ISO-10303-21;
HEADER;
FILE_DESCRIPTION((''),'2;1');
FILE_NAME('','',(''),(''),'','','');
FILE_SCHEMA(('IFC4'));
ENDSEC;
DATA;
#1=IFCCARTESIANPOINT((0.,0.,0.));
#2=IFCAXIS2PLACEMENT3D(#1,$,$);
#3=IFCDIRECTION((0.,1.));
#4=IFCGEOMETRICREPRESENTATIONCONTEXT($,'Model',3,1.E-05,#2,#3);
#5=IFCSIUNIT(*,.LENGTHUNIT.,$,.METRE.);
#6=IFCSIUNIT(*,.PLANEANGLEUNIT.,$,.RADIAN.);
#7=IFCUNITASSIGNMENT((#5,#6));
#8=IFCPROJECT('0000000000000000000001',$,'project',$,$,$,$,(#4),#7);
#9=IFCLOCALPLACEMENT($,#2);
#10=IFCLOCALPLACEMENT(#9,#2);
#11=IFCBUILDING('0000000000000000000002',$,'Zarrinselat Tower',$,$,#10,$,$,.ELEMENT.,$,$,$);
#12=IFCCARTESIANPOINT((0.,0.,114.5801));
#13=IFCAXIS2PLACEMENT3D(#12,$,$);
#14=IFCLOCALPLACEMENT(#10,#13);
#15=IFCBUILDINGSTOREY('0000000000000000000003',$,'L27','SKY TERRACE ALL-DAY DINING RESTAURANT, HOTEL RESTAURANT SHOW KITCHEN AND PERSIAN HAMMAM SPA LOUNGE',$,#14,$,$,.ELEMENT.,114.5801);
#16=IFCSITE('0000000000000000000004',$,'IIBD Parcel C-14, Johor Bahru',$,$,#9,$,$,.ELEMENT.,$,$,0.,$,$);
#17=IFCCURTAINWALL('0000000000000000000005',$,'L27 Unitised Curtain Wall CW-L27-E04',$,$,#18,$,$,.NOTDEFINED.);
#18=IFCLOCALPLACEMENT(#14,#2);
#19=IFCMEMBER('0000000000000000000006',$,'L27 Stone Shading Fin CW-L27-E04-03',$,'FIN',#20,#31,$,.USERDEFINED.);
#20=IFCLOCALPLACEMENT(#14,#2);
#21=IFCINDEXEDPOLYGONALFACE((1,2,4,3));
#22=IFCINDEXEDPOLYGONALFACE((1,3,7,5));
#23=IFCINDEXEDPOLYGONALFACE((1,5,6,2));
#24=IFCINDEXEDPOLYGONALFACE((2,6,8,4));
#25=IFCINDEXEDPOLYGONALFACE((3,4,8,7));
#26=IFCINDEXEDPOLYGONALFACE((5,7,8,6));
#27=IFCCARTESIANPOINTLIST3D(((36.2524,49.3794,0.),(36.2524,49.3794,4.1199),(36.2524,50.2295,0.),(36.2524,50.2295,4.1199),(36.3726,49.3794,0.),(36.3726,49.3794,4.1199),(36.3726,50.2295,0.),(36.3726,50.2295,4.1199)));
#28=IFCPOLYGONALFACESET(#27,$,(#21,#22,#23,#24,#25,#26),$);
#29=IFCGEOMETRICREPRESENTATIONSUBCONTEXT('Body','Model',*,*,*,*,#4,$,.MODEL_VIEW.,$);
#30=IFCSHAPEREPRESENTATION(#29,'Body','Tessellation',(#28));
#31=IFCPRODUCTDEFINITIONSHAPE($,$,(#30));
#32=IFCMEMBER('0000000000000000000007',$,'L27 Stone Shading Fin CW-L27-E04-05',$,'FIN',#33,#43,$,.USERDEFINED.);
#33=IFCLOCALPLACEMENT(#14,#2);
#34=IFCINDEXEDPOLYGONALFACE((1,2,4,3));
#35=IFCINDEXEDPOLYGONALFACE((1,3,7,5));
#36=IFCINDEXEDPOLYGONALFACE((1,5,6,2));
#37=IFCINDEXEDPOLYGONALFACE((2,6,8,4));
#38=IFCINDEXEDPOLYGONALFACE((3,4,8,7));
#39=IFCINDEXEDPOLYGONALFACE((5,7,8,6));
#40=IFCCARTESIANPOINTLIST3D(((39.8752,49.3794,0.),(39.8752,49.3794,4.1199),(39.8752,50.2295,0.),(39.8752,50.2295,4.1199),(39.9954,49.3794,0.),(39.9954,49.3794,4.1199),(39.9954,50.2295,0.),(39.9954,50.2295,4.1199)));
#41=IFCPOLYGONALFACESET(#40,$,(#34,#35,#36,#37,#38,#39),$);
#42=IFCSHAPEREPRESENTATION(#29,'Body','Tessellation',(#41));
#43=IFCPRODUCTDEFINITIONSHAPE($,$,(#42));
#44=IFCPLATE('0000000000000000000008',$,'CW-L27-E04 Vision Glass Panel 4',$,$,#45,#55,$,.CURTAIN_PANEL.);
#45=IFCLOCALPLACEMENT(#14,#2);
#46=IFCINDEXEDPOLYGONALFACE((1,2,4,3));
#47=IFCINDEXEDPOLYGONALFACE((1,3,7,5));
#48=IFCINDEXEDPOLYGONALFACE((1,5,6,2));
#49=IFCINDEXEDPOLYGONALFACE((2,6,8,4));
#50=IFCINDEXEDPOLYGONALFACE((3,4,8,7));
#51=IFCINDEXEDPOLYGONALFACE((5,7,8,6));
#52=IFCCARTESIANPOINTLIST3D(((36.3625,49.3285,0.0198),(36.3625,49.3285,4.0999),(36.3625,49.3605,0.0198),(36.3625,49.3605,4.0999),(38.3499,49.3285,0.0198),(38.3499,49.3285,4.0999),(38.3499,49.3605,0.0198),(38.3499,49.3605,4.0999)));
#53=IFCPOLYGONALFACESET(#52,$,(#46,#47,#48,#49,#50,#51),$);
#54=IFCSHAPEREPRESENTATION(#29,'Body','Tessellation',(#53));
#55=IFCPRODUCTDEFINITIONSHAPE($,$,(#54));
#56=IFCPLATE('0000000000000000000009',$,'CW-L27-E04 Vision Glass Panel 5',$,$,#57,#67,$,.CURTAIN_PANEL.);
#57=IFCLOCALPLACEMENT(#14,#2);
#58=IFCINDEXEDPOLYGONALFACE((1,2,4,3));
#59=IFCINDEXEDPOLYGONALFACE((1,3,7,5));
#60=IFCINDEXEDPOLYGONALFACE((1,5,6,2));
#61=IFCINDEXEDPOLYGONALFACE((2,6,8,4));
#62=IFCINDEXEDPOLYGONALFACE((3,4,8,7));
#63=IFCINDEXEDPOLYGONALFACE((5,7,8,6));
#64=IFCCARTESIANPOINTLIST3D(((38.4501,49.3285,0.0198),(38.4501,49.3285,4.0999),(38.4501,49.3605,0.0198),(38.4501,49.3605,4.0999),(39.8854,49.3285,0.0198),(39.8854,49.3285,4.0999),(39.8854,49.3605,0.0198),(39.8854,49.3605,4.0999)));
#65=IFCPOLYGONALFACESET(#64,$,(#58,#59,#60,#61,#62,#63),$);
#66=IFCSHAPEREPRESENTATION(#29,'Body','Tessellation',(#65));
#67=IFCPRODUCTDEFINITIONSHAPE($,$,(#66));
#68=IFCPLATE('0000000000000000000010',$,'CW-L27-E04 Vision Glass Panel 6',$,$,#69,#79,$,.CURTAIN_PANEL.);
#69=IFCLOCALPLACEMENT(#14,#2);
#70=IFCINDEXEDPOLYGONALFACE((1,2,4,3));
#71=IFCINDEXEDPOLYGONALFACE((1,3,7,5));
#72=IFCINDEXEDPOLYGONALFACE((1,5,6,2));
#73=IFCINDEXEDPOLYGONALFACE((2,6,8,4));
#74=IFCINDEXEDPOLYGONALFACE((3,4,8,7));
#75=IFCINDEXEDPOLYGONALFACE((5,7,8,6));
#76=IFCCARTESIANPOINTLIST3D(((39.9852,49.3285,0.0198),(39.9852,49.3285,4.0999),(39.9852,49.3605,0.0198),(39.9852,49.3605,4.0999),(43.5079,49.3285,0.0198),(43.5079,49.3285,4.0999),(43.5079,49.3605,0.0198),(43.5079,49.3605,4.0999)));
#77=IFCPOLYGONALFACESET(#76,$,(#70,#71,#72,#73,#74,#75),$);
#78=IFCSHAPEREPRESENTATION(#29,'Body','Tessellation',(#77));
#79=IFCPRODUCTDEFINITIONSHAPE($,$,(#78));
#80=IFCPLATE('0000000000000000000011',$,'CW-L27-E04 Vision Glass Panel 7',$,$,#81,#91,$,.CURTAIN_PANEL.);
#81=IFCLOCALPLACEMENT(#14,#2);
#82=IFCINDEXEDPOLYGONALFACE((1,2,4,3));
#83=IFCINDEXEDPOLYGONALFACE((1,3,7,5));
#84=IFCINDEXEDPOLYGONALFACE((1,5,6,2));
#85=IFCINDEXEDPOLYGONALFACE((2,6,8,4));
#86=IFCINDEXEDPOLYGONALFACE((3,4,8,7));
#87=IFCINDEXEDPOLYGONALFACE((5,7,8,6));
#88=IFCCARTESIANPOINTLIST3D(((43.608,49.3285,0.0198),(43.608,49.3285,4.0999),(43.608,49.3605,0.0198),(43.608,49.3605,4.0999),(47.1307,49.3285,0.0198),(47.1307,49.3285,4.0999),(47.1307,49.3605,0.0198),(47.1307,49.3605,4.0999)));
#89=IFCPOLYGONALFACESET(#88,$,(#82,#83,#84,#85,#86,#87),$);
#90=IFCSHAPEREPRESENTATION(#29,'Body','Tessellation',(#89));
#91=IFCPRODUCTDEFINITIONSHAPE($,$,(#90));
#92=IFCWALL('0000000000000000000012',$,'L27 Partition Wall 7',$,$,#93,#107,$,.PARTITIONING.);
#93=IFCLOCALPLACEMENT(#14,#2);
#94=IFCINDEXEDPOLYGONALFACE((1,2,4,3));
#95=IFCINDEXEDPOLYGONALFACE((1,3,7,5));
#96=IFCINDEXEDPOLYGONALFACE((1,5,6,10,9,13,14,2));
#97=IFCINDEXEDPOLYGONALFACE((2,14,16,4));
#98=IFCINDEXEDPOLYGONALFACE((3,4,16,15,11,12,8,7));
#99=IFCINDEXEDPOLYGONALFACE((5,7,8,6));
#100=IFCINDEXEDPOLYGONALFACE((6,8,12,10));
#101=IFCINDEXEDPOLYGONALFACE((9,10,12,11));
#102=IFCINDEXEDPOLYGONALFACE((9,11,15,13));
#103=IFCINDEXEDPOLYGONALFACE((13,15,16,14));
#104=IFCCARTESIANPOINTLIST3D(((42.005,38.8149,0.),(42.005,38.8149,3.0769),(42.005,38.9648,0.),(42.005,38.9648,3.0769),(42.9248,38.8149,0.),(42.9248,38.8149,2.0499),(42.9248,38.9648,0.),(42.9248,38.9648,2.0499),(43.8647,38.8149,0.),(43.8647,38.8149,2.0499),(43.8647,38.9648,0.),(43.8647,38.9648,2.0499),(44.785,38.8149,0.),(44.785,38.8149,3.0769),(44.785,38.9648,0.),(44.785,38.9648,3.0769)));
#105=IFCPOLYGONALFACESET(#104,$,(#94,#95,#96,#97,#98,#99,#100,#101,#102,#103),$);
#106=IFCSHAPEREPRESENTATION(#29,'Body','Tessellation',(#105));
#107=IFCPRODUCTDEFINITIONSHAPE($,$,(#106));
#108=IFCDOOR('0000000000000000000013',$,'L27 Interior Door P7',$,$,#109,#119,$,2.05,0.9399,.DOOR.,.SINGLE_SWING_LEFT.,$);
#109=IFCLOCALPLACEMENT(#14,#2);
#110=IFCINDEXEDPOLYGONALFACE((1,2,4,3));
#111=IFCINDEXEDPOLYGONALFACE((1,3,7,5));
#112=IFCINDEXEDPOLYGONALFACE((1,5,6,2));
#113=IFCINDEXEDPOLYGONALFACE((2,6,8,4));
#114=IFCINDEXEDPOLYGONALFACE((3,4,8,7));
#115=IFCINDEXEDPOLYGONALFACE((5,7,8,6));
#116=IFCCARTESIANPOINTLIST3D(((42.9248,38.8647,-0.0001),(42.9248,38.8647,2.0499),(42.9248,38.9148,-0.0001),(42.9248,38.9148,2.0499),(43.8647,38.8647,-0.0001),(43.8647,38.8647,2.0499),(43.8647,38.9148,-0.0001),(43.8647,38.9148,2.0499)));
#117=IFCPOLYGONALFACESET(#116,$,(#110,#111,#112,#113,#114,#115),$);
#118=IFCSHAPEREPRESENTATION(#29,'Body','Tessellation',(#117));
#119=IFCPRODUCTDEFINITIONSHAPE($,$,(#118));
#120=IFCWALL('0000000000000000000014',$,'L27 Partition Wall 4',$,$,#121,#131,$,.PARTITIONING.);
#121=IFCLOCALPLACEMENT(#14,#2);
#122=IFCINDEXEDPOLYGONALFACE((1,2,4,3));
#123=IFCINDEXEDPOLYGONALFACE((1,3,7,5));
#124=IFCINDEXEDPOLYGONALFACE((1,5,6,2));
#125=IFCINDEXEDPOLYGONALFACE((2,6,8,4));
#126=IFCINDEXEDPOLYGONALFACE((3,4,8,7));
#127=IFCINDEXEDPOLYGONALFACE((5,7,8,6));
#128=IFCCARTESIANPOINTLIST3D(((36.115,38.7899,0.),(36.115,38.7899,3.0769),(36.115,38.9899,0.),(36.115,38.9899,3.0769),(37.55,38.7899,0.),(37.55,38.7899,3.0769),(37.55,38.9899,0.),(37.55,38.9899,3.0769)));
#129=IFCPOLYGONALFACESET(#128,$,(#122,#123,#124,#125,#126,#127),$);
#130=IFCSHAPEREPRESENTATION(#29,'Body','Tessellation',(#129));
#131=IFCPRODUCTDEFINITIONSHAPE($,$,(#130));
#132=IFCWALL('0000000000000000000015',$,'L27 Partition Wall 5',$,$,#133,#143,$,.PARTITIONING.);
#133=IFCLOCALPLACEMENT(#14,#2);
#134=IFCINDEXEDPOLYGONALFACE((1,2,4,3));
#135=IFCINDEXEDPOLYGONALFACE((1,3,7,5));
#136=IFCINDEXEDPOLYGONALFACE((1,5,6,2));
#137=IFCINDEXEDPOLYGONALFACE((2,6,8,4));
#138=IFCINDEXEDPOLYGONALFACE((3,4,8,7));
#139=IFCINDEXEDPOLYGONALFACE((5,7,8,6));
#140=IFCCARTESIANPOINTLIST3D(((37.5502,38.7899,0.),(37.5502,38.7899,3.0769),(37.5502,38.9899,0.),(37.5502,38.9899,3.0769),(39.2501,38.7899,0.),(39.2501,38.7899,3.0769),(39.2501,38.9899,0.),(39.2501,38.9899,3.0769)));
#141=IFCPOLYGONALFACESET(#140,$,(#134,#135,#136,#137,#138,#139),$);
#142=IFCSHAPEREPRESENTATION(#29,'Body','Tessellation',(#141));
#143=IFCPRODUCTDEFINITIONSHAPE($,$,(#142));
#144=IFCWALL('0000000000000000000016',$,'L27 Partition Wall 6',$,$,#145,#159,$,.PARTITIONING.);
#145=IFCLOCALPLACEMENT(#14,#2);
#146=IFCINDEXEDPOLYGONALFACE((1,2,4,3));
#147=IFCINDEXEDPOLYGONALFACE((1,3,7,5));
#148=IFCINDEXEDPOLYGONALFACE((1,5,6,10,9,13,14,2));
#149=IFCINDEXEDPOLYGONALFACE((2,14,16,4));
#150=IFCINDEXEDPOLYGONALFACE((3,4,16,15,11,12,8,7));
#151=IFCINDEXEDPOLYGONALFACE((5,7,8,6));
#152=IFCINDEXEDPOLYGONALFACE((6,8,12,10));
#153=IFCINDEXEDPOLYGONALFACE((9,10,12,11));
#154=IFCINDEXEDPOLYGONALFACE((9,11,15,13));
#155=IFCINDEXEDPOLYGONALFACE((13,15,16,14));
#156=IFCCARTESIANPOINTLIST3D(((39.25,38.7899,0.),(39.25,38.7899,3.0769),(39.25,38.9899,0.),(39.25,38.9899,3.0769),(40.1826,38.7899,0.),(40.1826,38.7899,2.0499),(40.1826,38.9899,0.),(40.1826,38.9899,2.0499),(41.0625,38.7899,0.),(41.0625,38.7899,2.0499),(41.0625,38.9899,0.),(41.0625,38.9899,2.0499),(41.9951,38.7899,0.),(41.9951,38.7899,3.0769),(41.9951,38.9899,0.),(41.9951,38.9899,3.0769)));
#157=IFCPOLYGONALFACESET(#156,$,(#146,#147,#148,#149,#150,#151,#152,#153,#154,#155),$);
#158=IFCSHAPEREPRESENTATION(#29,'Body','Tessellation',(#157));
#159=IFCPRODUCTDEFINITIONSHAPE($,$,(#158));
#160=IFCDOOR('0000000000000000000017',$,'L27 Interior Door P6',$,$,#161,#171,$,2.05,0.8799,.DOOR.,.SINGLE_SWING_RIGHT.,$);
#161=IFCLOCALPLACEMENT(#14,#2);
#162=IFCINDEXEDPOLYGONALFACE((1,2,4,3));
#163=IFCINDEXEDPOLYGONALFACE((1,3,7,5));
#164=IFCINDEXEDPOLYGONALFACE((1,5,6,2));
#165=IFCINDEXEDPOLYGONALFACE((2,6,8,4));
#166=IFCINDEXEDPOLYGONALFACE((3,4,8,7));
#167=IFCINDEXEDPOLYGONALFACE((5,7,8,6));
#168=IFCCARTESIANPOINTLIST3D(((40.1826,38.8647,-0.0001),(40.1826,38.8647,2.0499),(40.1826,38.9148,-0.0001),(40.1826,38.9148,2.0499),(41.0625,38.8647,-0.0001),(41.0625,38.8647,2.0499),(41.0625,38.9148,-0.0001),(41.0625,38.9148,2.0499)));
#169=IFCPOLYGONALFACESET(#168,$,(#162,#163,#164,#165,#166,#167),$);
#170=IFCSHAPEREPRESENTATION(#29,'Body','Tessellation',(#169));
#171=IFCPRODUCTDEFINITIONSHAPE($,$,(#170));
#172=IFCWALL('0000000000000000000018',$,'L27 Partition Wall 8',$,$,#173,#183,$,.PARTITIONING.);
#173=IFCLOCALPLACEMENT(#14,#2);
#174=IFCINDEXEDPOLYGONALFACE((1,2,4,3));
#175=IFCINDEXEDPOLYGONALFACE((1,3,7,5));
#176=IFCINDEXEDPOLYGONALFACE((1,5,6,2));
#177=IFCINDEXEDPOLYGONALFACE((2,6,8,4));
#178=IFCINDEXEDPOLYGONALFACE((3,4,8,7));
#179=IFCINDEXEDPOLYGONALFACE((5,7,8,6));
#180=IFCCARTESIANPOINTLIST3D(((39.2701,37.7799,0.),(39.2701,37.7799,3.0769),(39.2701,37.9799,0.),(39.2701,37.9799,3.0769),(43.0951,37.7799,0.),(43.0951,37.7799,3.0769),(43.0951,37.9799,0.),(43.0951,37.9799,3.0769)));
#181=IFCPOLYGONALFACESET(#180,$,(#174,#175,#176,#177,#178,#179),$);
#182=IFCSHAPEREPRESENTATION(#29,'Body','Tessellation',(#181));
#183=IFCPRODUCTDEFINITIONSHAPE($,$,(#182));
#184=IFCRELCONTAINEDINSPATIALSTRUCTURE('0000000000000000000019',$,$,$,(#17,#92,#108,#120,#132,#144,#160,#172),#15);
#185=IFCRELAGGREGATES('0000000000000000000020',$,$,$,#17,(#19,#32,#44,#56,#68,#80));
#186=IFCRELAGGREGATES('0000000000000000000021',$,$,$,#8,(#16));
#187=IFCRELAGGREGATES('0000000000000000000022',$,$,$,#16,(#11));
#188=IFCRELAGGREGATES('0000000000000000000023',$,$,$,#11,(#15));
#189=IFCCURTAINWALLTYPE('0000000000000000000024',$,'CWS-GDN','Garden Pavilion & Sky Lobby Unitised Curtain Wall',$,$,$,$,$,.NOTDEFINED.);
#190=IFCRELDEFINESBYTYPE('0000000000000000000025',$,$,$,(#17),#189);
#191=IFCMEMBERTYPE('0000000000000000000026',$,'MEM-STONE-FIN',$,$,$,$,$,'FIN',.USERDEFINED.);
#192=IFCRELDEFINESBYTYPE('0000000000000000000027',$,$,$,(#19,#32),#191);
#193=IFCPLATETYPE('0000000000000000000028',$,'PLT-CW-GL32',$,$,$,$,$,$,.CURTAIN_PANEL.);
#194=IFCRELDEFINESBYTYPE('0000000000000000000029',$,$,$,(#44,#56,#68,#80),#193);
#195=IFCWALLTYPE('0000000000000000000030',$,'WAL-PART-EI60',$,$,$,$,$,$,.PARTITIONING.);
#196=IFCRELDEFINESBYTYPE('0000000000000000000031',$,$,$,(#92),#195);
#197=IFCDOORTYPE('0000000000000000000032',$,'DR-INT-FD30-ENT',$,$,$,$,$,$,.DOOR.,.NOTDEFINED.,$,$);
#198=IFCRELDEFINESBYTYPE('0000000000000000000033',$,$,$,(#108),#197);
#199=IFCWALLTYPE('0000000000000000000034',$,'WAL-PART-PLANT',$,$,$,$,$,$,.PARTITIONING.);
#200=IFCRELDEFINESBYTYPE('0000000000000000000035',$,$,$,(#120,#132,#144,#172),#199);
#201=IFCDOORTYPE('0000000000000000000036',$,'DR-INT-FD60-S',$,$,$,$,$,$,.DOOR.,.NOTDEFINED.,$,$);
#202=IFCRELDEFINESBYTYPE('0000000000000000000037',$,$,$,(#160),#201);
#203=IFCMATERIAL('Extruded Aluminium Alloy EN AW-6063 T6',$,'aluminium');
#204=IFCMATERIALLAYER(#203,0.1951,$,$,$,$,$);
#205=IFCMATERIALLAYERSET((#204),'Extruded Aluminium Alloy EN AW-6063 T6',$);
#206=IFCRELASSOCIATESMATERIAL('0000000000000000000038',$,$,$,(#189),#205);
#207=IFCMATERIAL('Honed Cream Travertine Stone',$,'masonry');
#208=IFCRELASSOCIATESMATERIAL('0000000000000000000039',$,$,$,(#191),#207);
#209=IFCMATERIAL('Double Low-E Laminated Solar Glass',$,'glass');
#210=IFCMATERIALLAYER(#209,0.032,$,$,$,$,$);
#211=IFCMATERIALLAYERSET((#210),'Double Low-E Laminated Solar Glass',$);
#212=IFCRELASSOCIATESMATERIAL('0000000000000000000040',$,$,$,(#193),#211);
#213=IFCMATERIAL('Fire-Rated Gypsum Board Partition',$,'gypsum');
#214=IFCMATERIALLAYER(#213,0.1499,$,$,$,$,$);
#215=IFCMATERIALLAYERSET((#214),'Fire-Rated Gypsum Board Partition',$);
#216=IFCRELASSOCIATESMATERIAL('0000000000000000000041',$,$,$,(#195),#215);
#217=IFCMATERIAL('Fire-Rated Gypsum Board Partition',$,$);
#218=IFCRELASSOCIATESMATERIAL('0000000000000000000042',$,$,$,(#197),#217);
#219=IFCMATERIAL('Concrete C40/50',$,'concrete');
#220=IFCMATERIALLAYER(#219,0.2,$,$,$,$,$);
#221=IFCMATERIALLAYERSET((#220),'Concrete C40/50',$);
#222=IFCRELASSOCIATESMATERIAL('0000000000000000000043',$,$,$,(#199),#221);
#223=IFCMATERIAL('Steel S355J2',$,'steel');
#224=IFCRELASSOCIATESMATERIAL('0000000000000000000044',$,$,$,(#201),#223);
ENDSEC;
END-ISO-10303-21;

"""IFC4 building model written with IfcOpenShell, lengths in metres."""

from ifc_helpers import new_model, si_unit, direction, frame, frame_2d, origin, origin_2d, place, context, subcontext, project, spatial, rectangle, extrude, material, layer, layer_set, material_profile, profile_set, type_object, element, fill, aggregate, save


model = new_model("IFC4")

# Units and contexts
model_context = context("Model", 3, precision=1e-05, world=origin(), true_north=direction((0.0, 1.0)))
body_context = subcontext(model_context, "Body", "Model", "MODEL_VIEW")
ifc_project = project(units=[si_unit("LENGTHUNIT", "METRE"), si_unit("PLANEANGLEUNIT", "RADIAN")], contexts=[model_context])

# Site, building, storey
site_placement = place(None, origin())
site = spatial("IfcSite", under=ifc_project, at=site_placement, Name="IIBD Parcel C-14, Johor Bahru", CompositionType="ELEMENT", RefElevation=0.0)
building_placement = place(site_placement, origin())
building = spatial("IfcBuilding", under=site, at=building_placement, Name="Zarrinselat Tower", CompositionType="ELEMENT")
storey_placement = place(building_placement, frame((0.0, 0.0, 114.5801)))
storey = spatial("IfcBuildingStorey", under=building, at=storey_placement, Name="L27", Description="SKY TERRACE ALL-DAY DINING RESTAURANT, HOTEL RESTAURANT SHOW KITCHEN AND PERSIAN HAMMAM SPA LOUNGE", CompositionType="ELEMENT", Elevation=114.5801)

# Curtain wall, members, plates
ifc_material_1 = material(Name="Extruded Aluminium Alloy EN AW-6063 T6", Category="aluminium")
ifc_layer_1 = layer(ifc_material_1, 0.1951)
ifc_layer_set_1 = layer_set([ifc_layer_1], Name="Extruded Aluminium Alloy EN AW-6063 T6")
curtain_wall_type = type_object("IfcCurtainWallType", Name="CWS-GDN", Description="Garden Pavilion & Sky Lobby Unitised Curtain Wall", PredefinedType="NOTDEFINED", material=ifc_layer_set_1)
curtain_wall_placement = place(storey_placement, origin())
curtain_wall = element("IfcCurtainWall", 1, at=curtain_wall_placement, inside=storey, type_object=curtain_wall_type, Name="L27 Unitised Curtain Wall CW-L27-E04", PredefinedType="NOTDEFINED")
ifc_material_2 = material(Name="Honed Cream Travertine Stone", Category="masonry")
ifc_material_profile_1 = material_profile(ifc_material_2, rectangle(XDim=0.1201, YDim=0.8501, at=origin_2d()), Name="FIN 850x120")
ifc_profile_set_1 = profile_set([ifc_material_profile_1], Name="Honed Cream Travertine Stone")
member_type_1 = type_object("IfcMemberType", Name="MEM-STONE-FIN", ElementType="FIN", PredefinedType="USERDEFINED", material=ifc_profile_set_1)
member_1_placement = place(storey_placement, frame((36.3125, 49.8044, 0.0), z_axis=(0.0, 0.0, 1.0), x_axis=(1.0, 0.0, 0.0)))
member_1 = element("IfcMember", 2, at=member_1_placement, type_object=member_type_1, Name="L27 Stone Shading Fin CW-L27-E04-03", ObjectType="FIN", PredefinedType="USERDEFINED", context=body_context, shape_type="SweptSolid", body=[
    extrude(rectangle(XDim=0.1201, YDim=0.8501, at=origin_2d()), origin(), (0.0, 0.0, 1.0), 4.1199),
])
member_2_placement = place(storey_placement, frame((39.9353, 49.8044, 0.0), z_axis=(0.0, 0.0, 1.0), x_axis=(1.0, 0.0, 0.0)))
member_2 = element("IfcMember", 3, at=member_2_placement, type_object=member_type_1, Name="L27 Stone Shading Fin CW-L27-E04-05", ObjectType="FIN", PredefinedType="USERDEFINED", context=body_context, shape_type="SweptSolid", body=[
    extrude(rectangle(XDim=0.1201, YDim=0.8501, at=origin_2d()), origin(), (0.0, 0.0, 1.0), 4.1199),
])
ifc_material_3 = material(Name="Double Low-E Laminated Solar Glass", Category="glass")
ifc_layer_2 = layer(ifc_material_3, 0.032)
ifc_layer_set_2 = layer_set([ifc_layer_2], Name="Double Low-E Laminated Solar Glass")
plate_type = type_object("IfcPlateType", Name="PLT-CW-GL32", PredefinedType="CURTAIN_PANEL", material=ifc_layer_set_2)
plate_1_placement = place(storey_placement, frame((37.3562, 49.3445, 0.0198), z_axis=(0.0, 0.0, 1.0), x_axis=(1.0, 0.0, 0.0)))
plate_1 = element("IfcPlate", 4, at=plate_1_placement, type_object=plate_type, Name="CW-L27-E04 Vision Glass Panel 4", PredefinedType="CURTAIN_PANEL", context=body_context, shape_type="SweptSolid", body=[
    extrude(rectangle(XDim=1.9873, YDim=0.032, at=origin_2d()), origin(), (0.0, 0.0, 1.0), 4.0801),
])
plate_2_placement = place(storey_placement, frame((39.1677, 49.3445, 0.0198), z_axis=(0.0, 0.0, 1.0), x_axis=(1.0, 0.0, 0.0)))
plate_2 = element("IfcPlate", 5, at=plate_2_placement, type_object=plate_type, Name="CW-L27-E04 Vision Glass Panel 5", PredefinedType="CURTAIN_PANEL", context=body_context, shape_type="SweptSolid", body=[
    extrude(rectangle(XDim=1.4353, YDim=0.032, at=origin_2d()), origin(), (0.0, 0.0, 1.0), 4.0801),
])
plate_3_placement = place(storey_placement, frame((41.7466, 49.3445, 0.0198), z_axis=(0.0, 0.0, 1.0), x_axis=(1.0, 0.0, 0.0)))
plate_3 = element("IfcPlate", 6, at=plate_3_placement, type_object=plate_type, Name="CW-L27-E04 Vision Glass Panel 6", PredefinedType="CURTAIN_PANEL", context=body_context, shape_type="SweptSolid", body=[
    extrude(rectangle(XDim=3.5227, YDim=0.032, at=origin_2d()), origin(), (0.0, 0.0, 1.0), 4.0801),
])
plate_4_placement = place(storey_placement, frame((45.3694, 49.3445, 0.0198), z_axis=(0.0, 0.0, 1.0), x_axis=(1.0, 0.0, 0.0)))
plate_4 = element("IfcPlate", 7, at=plate_4_placement, type_object=plate_type, Name="CW-L27-E04 Vision Glass Panel 7", PredefinedType="CURTAIN_PANEL", context=body_context, shape_type="SweptSolid", body=[
    extrude(rectangle(XDim=3.5227, YDim=0.032, at=origin_2d()), origin(), (0.0, 0.0, 1.0), 4.0801),
])
aggregate(curtain_wall, [member_1, member_2, plate_1, plate_2, plate_3, plate_4])

# Wall, opening, door
ifc_material_4 = material(Name="Fire-Rated Gypsum Board Partition", Category="gypsum")
ifc_layer_3 = layer(ifc_material_4, 0.1499)
ifc_layer_set_3 = layer_set([ifc_layer_3], Name="Fire-Rated Gypsum Board Partition")
wall_type_1 = type_object("IfcWallType", Name="WAL-PART-EI60", PredefinedType="PARTITIONING", material=ifc_layer_set_3)
wall_1_placement = place(storey_placement, frame((42.0049, 38.8899, 0.0), z_axis=(0.0, 0.0, 1.0), x_axis=(1.0, 0.0, 0.0)))
wall_1 = element("IfcWall", 8, at=wall_1_placement, inside=storey, type_object=wall_type_1, Name="L27 Partition Wall 7", PredefinedType="PARTITIONING", context=body_context, shape_type="SweptSolid", body=[
    extrude(rectangle(XDim=2.78, YDim=0.1499, at=frame_2d((1.3901, 0.0))), origin(), (0.0, 0.0, 1.0), 3.0769),
])
opening_1_placement = place(wall_1_placement, frame((0.9199, 0.0, 0.0)))
opening_1 = element("IfcOpeningElement", 9, at=opening_1_placement, cuts=wall_1, PredefinedType="OPENING", context=body_context, shape_type="SweptSolid", body=[
    extrude(rectangle(XDim=0.9399, YDim=2.05, at=frame_2d((0.47, 1.0249))), frame((0.0, 0.085, 0.0), z_axis=(0.0, -1.0, 0.0), x_axis=(1.0, 0.0, 0.0)), (0.0, 0.0, 1.0), 0.1699),
])
ifc_material_5 = material(Name="Fire-Rated Gypsum Board Partition")
door_type_1 = type_object("IfcDoorType", Name="DR-INT-FD30-ENT", OperationType="NOTDEFINED", PredefinedType="DOOR", material=ifc_material_5)
door_1_placement = place(opening_1_placement, origin())
door_1 = element("IfcDoor", 10, at=door_1_placement, inside=storey, type_object=door_type_1, Name="L27 Interior Door P7", OperationType="SINGLE_SWING_LEFT", OverallHeight=2.05, OverallWidth=0.9399, PredefinedType="DOOR", context=body_context, shape_type="SweptSolid", body=[
    extrude(rectangle(XDim=0.9399, YDim=2.05, at=frame_2d((0.47, 1.0249))), frame((0.0, 0.0249, 0.0), z_axis=(0.0, -1.0, 0.0), x_axis=(1.0, 0.0, 0.0)), (0.0, 0.0, 1.0), 0.05),
])
fill(opening_1, door_1)

# Walls
ifc_material_6 = material(Name="Concrete C40/50", Category="concrete")
ifc_layer_4 = layer(ifc_material_6, 0.2)
ifc_layer_set_4 = layer_set([ifc_layer_4], Name="Concrete C40/50")
wall_type_2 = type_object("IfcWallType", Name="WAL-PART-PLANT", PredefinedType="PARTITIONING", material=ifc_layer_set_4)
wall_2_placement = place(storey_placement, frame((36.115, 38.8899, 0.0), z_axis=(0.0, 0.0, 1.0), x_axis=(1.0, 0.0, 0.0)))
element("IfcWall", 11, at=wall_2_placement, inside=storey, type_object=wall_type_2, Name="L27 Partition Wall 4", PredefinedType="PARTITIONING", context=body_context, shape_type="SweptSolid", body=[
    extrude(rectangle(XDim=1.4351, YDim=0.2, at=frame_2d((0.7175, 0.0))), origin(), (0.0, 0.0, 1.0), 3.0769),
])
wall_3_placement = place(storey_placement, frame((37.55, 38.8899, 0.0), z_axis=(0.0, 0.0, 1.0), x_axis=(1.0, 0.0, 0.0)))
element("IfcWall", 12, at=wall_3_placement, inside=storey, type_object=wall_type_2, Name="L27 Partition Wall 5", PredefinedType="PARTITIONING", context=body_context, shape_type="SweptSolid", body=[
    extrude(rectangle(XDim=1.7, YDim=0.2, at=frame_2d((0.8501, 0.0))), origin(), (0.0, 0.0, 1.0), 3.0769),
])

# Wall, opening, door
wall_4_placement = place(storey_placement, frame((39.25, 38.8899, 0.0), z_axis=(0.0, 0.0, 1.0), x_axis=(1.0, 0.0, 0.0)))
wall_4 = element("IfcWall", 13, at=wall_4_placement, inside=storey, type_object=wall_type_2, Name="L27 Partition Wall 6", PredefinedType="PARTITIONING", context=body_context, shape_type="SweptSolid", body=[
    extrude(rectangle(XDim=2.7451, YDim=0.2, at=frame_2d((1.3726, 0.0))), origin(), (0.0, 0.0, 1.0), 3.0769),
])
opening_2_placement = place(wall_4_placement, frame((0.9326, 0.0, 0.0)))
opening_2 = element("IfcOpeningElement", 14, at=opening_2_placement, cuts=wall_4, PredefinedType="OPENING", context=body_context, shape_type="SweptSolid", body=[
    extrude(rectangle(XDim=0.8799, YDim=2.05, at=frame_2d((0.4399, 1.0249))), frame((0.0, 0.1099, 0.0), z_axis=(0.0, -1.0, 0.0), x_axis=(1.0, 0.0, 0.0)), (0.0, 0.0, 1.0), 0.22),
])
ifc_material_7 = material(Name="Steel S355J2", Category="steel")
door_type_2 = type_object("IfcDoorType", Name="DR-INT-FD60-S", OperationType="NOTDEFINED", PredefinedType="DOOR", material=ifc_material_7)
door_2_placement = place(opening_2_placement, origin())
door_2 = element("IfcDoor", 15, at=door_2_placement, inside=storey, type_object=door_type_2, Name="L27 Interior Door P6", OperationType="SINGLE_SWING_RIGHT", OverallHeight=2.05, OverallWidth=0.8799, PredefinedType="DOOR", context=body_context, shape_type="SweptSolid", body=[
    extrude(rectangle(XDim=0.8799, YDim=2.05, at=frame_2d((0.4399, 1.0249))), frame((0.0, 0.0249, 0.0), z_axis=(0.0, -1.0, 0.0), x_axis=(1.0, 0.0, 0.0)), (0.0, 0.0, 1.0), 0.05),
])
fill(opening_2, door_2)

# Wall
wall_5_placement = place(storey_placement, frame((39.27, 37.8799, 0.0), z_axis=(0.0, 0.0, 1.0), x_axis=(1.0, 0.0, 0.0)))
element("IfcWall", 16, at=wall_5_placement, inside=storey, type_object=wall_type_2, Name="L27 Partition Wall 8", PredefinedType="PARTITIONING", context=body_context, shape_type="SweptSolid", body=[
    extrude(rectangle(XDim=3.825, YDim=0.2, at=frame_2d((1.9126, 0.0))), origin(), (0.0, 0.0, 1.0), 3.0769),
])

save(model, "model.ifc")
